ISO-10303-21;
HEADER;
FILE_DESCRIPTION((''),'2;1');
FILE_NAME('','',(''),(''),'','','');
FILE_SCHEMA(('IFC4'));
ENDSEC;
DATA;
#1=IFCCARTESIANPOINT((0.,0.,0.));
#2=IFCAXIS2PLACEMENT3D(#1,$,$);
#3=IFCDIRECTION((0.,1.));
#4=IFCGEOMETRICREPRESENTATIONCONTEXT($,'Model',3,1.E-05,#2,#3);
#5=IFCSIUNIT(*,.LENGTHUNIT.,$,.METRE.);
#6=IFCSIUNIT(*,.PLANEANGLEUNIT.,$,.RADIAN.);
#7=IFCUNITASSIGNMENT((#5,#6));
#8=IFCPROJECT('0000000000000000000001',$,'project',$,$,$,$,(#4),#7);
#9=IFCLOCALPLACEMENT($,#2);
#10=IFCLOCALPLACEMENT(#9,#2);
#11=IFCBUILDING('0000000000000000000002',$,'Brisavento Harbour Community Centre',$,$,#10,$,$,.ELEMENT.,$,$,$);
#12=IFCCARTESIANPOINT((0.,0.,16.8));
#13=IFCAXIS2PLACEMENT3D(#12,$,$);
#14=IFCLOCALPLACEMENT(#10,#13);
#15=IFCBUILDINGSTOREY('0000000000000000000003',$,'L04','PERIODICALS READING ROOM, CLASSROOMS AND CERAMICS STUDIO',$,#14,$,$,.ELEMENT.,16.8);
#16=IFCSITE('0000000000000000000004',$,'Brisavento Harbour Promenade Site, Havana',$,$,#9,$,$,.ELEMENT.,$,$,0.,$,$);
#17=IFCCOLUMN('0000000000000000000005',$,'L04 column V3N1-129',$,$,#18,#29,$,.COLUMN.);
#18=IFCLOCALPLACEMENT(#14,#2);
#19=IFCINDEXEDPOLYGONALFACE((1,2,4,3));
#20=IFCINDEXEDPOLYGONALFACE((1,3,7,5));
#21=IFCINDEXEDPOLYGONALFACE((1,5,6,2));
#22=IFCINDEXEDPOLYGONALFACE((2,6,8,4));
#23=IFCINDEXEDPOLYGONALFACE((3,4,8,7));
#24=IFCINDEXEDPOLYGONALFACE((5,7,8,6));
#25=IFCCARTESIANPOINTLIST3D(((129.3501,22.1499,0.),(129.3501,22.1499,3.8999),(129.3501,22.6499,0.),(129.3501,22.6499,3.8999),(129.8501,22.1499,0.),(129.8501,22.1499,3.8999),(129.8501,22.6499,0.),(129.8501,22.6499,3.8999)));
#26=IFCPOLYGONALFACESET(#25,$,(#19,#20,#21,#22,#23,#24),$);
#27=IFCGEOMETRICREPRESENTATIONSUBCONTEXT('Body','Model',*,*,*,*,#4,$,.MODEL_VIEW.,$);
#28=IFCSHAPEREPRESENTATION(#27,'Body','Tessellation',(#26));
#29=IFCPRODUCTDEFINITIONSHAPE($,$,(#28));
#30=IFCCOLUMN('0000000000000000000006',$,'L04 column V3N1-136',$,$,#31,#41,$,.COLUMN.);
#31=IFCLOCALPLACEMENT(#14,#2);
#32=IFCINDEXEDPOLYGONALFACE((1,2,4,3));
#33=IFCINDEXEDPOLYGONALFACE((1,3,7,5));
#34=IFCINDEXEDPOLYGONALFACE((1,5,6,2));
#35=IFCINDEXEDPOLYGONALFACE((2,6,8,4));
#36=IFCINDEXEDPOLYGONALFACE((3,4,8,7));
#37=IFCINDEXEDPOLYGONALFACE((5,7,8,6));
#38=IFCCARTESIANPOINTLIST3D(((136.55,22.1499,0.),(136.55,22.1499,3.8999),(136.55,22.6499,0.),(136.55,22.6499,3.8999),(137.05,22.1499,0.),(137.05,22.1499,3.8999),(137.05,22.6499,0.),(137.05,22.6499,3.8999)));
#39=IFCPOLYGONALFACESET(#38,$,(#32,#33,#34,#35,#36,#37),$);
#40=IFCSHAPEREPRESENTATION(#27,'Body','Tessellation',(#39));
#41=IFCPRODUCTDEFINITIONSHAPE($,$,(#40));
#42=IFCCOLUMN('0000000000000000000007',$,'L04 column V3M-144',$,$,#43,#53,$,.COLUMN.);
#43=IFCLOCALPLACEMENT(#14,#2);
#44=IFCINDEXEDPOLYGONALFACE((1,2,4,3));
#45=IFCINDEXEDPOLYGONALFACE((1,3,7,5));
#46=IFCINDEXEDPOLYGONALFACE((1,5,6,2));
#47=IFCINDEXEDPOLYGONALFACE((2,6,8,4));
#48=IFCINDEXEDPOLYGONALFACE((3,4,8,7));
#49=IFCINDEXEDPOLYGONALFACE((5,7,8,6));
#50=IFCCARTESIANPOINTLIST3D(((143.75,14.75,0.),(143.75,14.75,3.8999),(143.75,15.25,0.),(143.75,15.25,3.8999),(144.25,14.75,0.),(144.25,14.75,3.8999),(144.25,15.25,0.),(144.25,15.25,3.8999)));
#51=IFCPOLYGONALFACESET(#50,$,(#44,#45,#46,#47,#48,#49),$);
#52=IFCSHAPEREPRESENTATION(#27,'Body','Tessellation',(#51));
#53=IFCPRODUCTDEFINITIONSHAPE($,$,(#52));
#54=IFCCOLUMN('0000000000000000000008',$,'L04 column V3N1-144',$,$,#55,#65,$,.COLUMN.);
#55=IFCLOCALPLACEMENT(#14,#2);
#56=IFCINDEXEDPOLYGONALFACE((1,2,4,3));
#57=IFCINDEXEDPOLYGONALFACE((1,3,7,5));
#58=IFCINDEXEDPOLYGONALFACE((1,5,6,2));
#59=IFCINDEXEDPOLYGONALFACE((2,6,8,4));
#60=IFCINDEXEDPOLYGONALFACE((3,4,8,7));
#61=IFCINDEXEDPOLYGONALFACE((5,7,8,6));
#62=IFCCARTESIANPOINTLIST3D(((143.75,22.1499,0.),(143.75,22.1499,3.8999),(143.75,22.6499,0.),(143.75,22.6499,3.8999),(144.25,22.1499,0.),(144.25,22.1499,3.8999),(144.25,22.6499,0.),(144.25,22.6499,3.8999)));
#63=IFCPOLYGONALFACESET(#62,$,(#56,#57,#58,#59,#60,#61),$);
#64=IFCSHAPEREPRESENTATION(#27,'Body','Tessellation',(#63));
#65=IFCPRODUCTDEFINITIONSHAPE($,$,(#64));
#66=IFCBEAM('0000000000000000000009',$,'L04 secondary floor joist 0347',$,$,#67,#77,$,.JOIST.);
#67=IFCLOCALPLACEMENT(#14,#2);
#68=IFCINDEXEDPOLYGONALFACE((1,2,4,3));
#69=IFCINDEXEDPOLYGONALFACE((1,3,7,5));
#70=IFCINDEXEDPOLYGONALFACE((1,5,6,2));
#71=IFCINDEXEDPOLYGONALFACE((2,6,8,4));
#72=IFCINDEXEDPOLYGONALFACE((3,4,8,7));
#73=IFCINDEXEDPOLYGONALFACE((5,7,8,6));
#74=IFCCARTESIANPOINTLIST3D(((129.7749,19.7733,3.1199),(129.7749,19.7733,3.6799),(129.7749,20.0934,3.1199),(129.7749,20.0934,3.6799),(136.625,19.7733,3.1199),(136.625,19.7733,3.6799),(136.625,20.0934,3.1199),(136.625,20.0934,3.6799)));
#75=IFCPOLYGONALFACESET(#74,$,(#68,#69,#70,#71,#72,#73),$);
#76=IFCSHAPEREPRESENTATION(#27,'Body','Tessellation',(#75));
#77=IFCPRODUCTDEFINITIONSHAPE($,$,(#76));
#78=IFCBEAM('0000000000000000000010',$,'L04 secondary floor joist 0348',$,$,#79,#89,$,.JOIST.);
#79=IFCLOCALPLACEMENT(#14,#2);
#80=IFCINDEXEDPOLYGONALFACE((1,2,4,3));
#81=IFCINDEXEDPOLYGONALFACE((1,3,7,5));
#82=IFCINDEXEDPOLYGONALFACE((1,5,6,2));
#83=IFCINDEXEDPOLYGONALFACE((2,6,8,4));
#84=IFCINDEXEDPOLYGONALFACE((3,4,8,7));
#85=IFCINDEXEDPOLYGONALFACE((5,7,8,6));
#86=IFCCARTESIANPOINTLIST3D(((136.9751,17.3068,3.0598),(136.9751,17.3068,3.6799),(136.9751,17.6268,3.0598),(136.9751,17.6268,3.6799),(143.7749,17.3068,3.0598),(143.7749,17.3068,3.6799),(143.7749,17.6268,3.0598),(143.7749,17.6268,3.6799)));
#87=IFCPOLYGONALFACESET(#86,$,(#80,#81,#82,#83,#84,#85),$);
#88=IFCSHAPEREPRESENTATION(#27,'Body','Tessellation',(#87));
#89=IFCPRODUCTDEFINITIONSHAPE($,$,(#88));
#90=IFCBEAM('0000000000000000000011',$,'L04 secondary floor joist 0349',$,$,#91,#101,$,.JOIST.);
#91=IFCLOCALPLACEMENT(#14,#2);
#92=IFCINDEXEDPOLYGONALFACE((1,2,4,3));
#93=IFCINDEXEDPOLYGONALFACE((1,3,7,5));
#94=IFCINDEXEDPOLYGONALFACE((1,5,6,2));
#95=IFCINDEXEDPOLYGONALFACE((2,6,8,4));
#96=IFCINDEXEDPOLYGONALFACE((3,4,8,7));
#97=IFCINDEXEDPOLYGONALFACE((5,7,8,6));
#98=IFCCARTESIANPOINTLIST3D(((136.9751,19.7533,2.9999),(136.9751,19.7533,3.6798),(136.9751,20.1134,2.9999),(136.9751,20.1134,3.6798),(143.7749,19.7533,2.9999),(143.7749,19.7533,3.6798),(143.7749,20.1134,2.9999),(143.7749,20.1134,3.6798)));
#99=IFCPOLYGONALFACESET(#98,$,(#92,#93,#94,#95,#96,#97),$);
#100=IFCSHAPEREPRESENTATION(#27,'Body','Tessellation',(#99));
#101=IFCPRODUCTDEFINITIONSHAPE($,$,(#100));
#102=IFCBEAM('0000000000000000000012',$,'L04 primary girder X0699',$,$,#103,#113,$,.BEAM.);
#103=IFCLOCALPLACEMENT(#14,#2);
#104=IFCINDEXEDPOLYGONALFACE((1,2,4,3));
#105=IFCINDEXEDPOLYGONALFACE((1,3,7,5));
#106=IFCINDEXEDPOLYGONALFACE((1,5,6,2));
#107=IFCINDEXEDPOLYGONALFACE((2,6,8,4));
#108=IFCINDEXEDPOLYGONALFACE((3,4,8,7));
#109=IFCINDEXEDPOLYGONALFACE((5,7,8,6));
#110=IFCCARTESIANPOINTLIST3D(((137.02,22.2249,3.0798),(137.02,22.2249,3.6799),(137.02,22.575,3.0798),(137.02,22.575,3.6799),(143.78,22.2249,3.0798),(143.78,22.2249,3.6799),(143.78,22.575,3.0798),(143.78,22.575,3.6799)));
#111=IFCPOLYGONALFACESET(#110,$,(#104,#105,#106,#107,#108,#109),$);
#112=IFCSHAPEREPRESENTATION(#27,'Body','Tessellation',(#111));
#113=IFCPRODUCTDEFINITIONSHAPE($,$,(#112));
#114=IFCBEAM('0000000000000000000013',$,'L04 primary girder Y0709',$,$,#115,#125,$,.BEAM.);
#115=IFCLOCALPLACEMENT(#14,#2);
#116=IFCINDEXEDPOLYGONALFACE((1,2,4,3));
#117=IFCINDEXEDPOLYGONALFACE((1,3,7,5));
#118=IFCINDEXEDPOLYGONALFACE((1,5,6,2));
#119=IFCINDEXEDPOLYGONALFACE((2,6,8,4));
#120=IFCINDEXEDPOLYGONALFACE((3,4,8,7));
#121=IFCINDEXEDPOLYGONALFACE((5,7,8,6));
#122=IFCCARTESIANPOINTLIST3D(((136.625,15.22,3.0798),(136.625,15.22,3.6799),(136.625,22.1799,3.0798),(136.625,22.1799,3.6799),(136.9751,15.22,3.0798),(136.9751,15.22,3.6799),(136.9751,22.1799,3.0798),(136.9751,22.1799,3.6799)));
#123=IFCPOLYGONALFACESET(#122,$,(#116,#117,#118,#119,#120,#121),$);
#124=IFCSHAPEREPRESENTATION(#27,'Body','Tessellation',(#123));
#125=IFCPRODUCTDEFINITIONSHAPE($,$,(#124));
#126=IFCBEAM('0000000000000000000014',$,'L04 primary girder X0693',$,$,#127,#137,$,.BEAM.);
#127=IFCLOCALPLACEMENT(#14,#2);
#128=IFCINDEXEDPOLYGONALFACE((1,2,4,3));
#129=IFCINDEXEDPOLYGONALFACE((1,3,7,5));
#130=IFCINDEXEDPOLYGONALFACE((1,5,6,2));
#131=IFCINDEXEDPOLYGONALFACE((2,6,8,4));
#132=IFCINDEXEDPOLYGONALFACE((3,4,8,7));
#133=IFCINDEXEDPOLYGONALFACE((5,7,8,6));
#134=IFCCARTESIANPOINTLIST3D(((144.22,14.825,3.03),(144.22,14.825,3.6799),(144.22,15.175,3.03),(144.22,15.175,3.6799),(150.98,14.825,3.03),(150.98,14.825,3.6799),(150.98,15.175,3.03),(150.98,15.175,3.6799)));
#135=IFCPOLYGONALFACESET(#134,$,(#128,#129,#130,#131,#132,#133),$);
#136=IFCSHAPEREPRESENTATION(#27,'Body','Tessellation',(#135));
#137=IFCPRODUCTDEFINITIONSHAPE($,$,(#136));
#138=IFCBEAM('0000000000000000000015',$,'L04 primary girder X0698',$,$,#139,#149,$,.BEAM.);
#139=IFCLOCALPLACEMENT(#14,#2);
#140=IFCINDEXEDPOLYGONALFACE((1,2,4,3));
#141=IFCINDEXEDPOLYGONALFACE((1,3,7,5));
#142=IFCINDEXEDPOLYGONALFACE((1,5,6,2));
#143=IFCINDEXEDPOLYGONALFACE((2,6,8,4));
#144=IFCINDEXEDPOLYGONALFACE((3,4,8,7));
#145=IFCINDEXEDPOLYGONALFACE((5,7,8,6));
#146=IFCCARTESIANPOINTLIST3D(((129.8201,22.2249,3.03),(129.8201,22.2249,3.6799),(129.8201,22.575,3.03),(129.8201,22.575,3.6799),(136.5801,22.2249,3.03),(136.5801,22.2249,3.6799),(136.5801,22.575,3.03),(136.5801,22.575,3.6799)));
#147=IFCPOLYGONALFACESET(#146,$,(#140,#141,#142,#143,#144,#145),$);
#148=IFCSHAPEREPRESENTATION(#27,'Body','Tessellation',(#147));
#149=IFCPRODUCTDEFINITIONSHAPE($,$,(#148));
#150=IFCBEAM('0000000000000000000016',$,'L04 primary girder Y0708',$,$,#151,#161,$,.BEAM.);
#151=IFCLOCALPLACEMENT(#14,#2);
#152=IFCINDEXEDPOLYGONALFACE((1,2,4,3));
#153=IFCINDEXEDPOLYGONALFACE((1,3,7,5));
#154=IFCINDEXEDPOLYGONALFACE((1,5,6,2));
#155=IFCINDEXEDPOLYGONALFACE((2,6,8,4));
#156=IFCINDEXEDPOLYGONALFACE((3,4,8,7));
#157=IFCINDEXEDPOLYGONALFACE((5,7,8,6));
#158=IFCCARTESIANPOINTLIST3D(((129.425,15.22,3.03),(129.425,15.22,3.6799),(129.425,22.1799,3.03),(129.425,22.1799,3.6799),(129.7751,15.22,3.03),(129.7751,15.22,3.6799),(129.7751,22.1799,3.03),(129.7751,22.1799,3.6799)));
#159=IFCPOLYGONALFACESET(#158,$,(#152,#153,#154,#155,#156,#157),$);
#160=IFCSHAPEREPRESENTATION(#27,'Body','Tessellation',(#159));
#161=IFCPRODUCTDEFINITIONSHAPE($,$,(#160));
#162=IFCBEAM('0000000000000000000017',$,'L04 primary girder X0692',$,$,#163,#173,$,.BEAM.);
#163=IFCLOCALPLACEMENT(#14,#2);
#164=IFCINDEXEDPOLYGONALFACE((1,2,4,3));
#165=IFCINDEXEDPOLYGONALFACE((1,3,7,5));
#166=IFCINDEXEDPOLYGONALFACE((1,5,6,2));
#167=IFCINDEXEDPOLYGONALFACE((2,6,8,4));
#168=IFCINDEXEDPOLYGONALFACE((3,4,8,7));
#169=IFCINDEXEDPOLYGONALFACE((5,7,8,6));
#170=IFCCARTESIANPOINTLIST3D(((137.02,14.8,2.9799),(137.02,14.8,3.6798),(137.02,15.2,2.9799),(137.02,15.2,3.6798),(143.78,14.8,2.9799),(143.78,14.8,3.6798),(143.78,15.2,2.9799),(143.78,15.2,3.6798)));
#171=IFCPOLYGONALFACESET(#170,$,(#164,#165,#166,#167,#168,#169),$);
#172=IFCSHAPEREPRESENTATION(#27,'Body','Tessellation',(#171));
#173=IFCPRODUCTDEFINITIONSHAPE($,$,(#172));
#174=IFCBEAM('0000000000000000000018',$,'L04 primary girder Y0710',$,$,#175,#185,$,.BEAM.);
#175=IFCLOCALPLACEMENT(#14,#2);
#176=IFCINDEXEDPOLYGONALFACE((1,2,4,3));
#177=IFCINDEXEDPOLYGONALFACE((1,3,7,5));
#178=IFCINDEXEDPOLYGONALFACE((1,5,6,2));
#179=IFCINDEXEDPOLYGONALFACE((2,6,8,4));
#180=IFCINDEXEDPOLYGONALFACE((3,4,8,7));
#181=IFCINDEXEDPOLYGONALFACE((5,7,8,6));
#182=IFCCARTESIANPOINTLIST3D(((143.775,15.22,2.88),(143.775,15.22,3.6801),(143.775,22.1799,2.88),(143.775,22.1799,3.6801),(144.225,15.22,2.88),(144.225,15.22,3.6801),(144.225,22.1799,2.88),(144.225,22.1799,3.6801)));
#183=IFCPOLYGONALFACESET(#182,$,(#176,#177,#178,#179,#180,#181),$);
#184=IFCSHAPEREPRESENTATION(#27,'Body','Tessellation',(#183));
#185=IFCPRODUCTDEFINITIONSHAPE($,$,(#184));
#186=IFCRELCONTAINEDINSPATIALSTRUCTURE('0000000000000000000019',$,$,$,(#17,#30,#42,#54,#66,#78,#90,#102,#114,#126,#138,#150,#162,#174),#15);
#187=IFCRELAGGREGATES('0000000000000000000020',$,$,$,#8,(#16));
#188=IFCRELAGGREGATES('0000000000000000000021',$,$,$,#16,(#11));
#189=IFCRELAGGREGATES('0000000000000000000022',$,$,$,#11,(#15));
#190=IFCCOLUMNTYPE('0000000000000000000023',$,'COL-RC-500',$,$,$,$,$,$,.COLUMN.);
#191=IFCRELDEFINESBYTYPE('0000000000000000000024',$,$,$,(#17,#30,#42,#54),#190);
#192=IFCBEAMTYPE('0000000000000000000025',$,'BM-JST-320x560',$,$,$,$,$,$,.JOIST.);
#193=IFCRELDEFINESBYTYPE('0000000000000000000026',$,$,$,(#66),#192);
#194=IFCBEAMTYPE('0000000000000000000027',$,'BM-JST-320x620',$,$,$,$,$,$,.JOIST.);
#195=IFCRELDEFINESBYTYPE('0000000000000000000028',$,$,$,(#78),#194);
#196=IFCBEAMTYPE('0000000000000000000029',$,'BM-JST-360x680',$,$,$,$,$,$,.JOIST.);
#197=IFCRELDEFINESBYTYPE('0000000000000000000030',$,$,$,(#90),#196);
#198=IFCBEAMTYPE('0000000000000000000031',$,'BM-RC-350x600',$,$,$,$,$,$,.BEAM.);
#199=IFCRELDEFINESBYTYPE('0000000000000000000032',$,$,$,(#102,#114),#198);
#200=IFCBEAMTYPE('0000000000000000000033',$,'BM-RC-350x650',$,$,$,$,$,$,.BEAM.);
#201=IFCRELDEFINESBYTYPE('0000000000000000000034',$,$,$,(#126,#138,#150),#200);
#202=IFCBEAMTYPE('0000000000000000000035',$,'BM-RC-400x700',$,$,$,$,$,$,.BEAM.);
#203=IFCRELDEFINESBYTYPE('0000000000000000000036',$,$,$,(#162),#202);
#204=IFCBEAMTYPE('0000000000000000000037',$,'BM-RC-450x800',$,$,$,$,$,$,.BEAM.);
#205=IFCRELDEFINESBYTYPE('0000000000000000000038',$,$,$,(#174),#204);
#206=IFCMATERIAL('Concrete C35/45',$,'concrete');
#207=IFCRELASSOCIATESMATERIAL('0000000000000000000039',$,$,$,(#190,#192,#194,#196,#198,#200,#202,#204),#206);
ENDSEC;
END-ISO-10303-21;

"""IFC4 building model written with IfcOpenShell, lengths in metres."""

from ifc_helpers import new_model, si_unit, direction, frame, origin, origin_2d, place, context, subcontext, project, spatial, rectangle, extrude, material, material_profile, profile_set, type_object, element, save


model = new_model("IFC4")

# Units and contexts
model_context = context("Model", 3, precision=1e-05, world=origin(), true_north=direction((0.0, 1.0)))
body_context = subcontext(model_context, "Body", "Model", "MODEL_VIEW")
ifc_project = project(units=[si_unit("LENGTHUNIT", "METRE"), si_unit("PLANEANGLEUNIT", "RADIAN")], contexts=[model_context])

# Site, building, storey
site_placement = place(None, origin())
site = spatial("IfcSite", under=ifc_project, at=site_placement, Name="Brisavento Harbour Promenade Site, Havana", CompositionType="ELEMENT", RefElevation=0.0)
building_placement = place(site_placement, origin())
building = spatial("IfcBuilding", under=site, at=building_placement, Name="Brisavento Harbour Community Centre", CompositionType="ELEMENT")
storey_placement = place(building_placement, frame((0.0, 0.0, 16.8)))
storey = spatial("IfcBuildingStorey", under=building, at=storey_placement, Name="L04", Description="PERIODICALS READING ROOM, CLASSROOMS AND CERAMICS STUDIO", CompositionType="ELEMENT", Elevation=16.8)

# Columns
ifc_material_1 = material(Name="Concrete C35/45", Category="concrete")
ifc_material_profile_1 = material_profile(ifc_material_1, rectangle(XDim=0.5, YDim=0.5, at=origin_2d()), Name="Concrete C35/45")
ifc_profile_set_1 = profile_set([ifc_material_profile_1], Name="Concrete C35/45")
column_type = type_object("IfcColumnType", Name="COL-RC-500", PredefinedType="COLUMN", material=ifc_profile_set_1)
for number, where, z_axis, x_axis, name in (
    (1, (129.6001, 22.3999, 0.0), (0.0, 0.0, 1.0), (1.0, 0.0, 0.0), "L04 column V3N1-129"),
    (2, (136.8, 22.3999, 0.0), (0.0, 0.0, 1.0), (1.0, 0.0, 0.0), "L04 column V3N1-136"),
    (3, (144.0, 15.0, 0.0), (0.0, 0.0, 1.0), (1.0, 0.0, 0.0), "L04 column V3M-144"),
    (4, (144.0, 22.3999, 0.0), (0.0, 0.0, 1.0), (1.0, 0.0, 0.0), "L04 column V3N1-144"),
):
    element("IfcColumn", number, at=place(storey_placement, frame(where, z_axis=z_axis, x_axis=x_axis)), inside=storey, type_object=column_type, Name=name, PredefinedType="COLUMN", context=body_context, shape_type="SweptSolid", body=[
        extrude(rectangle(XDim=0.5, YDim=0.5, at=origin_2d()), origin(), (0.0, 0.0, 1.0), 3.8999),
    ])

# Beams
ifc_material_profile_2 = material_profile(ifc_material_1, rectangle(XDim=0.3201, YDim=0.5601, at=origin_2d()), Name="Concrete C35/45")
ifc_profile_set_2 = profile_set([ifc_material_profile_2], Name="Concrete C35/45")
beam_type_1 = type_object("IfcBeamType", Name="BM-JST-320x560", PredefinedType="JOIST", material=ifc_profile_set_2)
beam_1_placement = place(storey_placement, frame((129.7749, 19.9333, 3.3999), z_axis=(1.0, 0.0, 0.0), x_axis=(0.0, 1.0, 0.0)))
element("IfcBeam", 5, at=beam_1_placement, inside=storey, type_object=beam_type_1, Name="L04 secondary floor joist 0347", PredefinedType="JOIST", context=body_context, shape_type="SweptSolid", body=[
    extrude(rectangle(XDim=0.3201, YDim=0.5601, at=origin_2d()), origin(), (0.0, 0.0, 1.0), 6.8501),
])
ifc_material_profile_3 = material_profile(ifc_material_1, rectangle(XDim=0.3201, YDim=0.6201, at=origin_2d()), Name="Concrete C35/45")
ifc_profile_set_3 = profile_set([ifc_material_profile_3], Name="Concrete C35/45")
beam_type_2 = type_object("IfcBeamType", Name="BM-JST-320x620", PredefinedType="JOIST", material=ifc_profile_set_3)
beam_2_placement = place(storey_placement, frame((136.9751, 17.4668, 3.3699), z_axis=(1.0, 0.0, 0.0), x_axis=(0.0, 1.0, 0.0)))
element("IfcBeam", 6, at=beam_2_placement, inside=storey, type_object=beam_type_2, Name="L04 secondary floor joist 0348", PredefinedType="JOIST", context=body_context, shape_type="SweptSolid", body=[
    extrude(rectangle(XDim=0.3201, YDim=0.6201, at=origin_2d()), origin(), (0.0, 0.0, 1.0), 6.7998),
])
ifc_material_profile_4 = material_profile(ifc_material_1, rectangle(XDim=0.3601, YDim=0.6799, at=origin_2d()), Name="Concrete C35/45")
ifc_profile_set_4 = profile_set([ifc_material_profile_4], Name="Concrete C35/45")
beam_type_3 = type_object("IfcBeamType", Name="BM-JST-360x680", PredefinedType="JOIST", material=ifc_profile_set_4)
beam_3_placement = place(storey_placement, frame((136.9751, 19.9333, 3.3398), z_axis=(1.0, 0.0, 0.0), x_axis=(0.0, 1.0, 0.0)))
element("IfcBeam", 7, at=beam_3_placement, inside=storey, type_object=beam_type_3, Name="L04 secondary floor joist 0349", PredefinedType="JOIST", context=body_context, shape_type="SweptSolid", body=[
    extrude(rectangle(XDim=0.3601, YDim=0.6799, at=origin_2d()), origin(), (0.0, 0.0, 1.0), 6.7998),
])
ifc_material_profile_5 = material_profile(ifc_material_1, rectangle(XDim=0.3501, YDim=0.6001, at=origin_2d()), Name="Concrete C35/45")
ifc_profile_set_5 = profile_set([ifc_material_profile_5], Name="Concrete C35/45")
beam_type_4 = type_object("IfcBeamType", Name="BM-RC-350x600", PredefinedType="BEAM", material=ifc_profile_set_5)
beam_4_placement = place(storey_placement, frame((137.02, 22.3999, 3.3799), z_axis=(1.0, 0.0, 0.0), x_axis=(0.0, 1.0, 0.0)))
element("IfcBeam", 8, at=beam_4_placement, inside=storey, type_object=beam_type_4, Name="L04 primary girder X0699", PredefinedType="BEAM", context=body_context, shape_type="SweptSolid", body=[
    extrude(rectangle(XDim=0.3501, YDim=0.6001, at=origin_2d()), origin(), (0.0, 0.0, 1.0), 6.76),
])
beam_5_placement = place(storey_placement, frame((136.8, 15.22, 3.3799), z_axis=(0.0, 1.0, 0.0), x_axis=(-1.0, 0.0, 0.0)))
element("IfcBeam", 9, at=beam_5_placement, inside=storey, type_object=beam_type_4, Name="L04 primary girder Y0709", PredefinedType="BEAM", context=body_context, shape_type="SweptSolid", body=[
    extrude(rectangle(XDim=0.3501, YDim=0.6001, at=origin_2d()), origin(), (0.0, 0.0, 1.0), 6.96),
])
ifc_material_profile_6 = material_profile(ifc_material_1, rectangle(XDim=0.3501, YDim=0.6499, at=origin_2d()), Name="Concrete C35/45")
ifc_profile_set_6 = profile_set([ifc_material_profile_6], Name="Concrete C35/45")
beam_type_5 = type_object("IfcBeamType", Name="BM-RC-350x650", PredefinedType="BEAM", material=ifc_profile_set_6)
for number, where, z_axis, x_axis, name in (
    (10, (144.22, 15.0, 3.355), (1.0, 0.0, 0.0), (0.0, 1.0, 0.0), "L04 primary girder X0693"),
    (11, (129.8201, 22.3999, 3.355), (1.0, 0.0, 0.0), (0.0, 1.0, 0.0), "L04 primary girder X0698"),
):
    element("IfcBeam", number, at=place(storey_placement, frame(where, z_axis=z_axis, x_axis=x_axis)), inside=storey, type_object=beam_type_5, Name=name, PredefinedType="BEAM", context=body_context, shape_type="SweptSolid", body=[
        extrude(rectangle(XDim=0.3501, YDim=0.6499, at=origin_2d()), origin(), (0.0, 0.0, 1.0), 6.76),
    ])
beam_6_placement = place(storey_placement, frame((129.6001, 15.22, 3.355), z_axis=(0.0, 1.0, 0.0), x_axis=(-1.0, 0.0, 0.0)))
element("IfcBeam", 12, at=beam_6_placement, inside=storey, type_object=beam_type_5, Name="L04 primary girder Y0708", PredefinedType="BEAM", context=body_context, shape_type="SweptSolid", body=[
    extrude(rectangle(XDim=0.3501, YDim=0.6499, at=origin_2d()), origin(), (0.0, 0.0, 1.0), 6.96),
])
ifc_material_profile_7 = material_profile(ifc_material_1, rectangle(XDim=0.3999, YDim=0.7, at=origin_2d()), Name="Concrete C35/45")
ifc_profile_set_7 = profile_set([ifc_material_profile_7], Name="Concrete C35/45")
beam_type_6 = type_object("IfcBeamType", Name="BM-RC-400x700", PredefinedType="BEAM", material=ifc_profile_set_7)
beam_7_placement = place(storey_placement, frame((137.02, 15.0, 3.3298), z_axis=(1.0, 0.0, 0.0), x_axis=(0.0, 1.0, 0.0)))
element("IfcBeam", 13, at=beam_7_placement, inside=storey, type_object=beam_type_6, Name="L04 primary girder X0692", PredefinedType="BEAM", context=body_context, shape_type="SweptSolid", body=[
    extrude(rectangle(XDim=0.3999, YDim=0.7, at=origin_2d()), origin(), (0.0, 0.0, 1.0), 6.76),
])
ifc_material_profile_8 = material_profile(ifc_material_1, rectangle(XDim=0.45, YDim=0.8, at=origin_2d()), Name="Concrete C35/45")
ifc_profile_set_8 = profile_set([ifc_material_profile_8], Name="Concrete C35/45")
beam_type_7 = type_object("IfcBeamType", Name="BM-RC-450x800", PredefinedType="BEAM", material=ifc_profile_set_8)
beam_8_placement = place(storey_placement, frame((144.0, 15.22, 3.28), z_axis=(0.0, 1.0, 0.0), x_axis=(-1.0, 0.0, 0.0)))
element("IfcBeam", 14, at=beam_8_placement, inside=storey, type_object=beam_type_7, Name="L04 primary girder Y0710", PredefinedType="BEAM", context=body_context, shape_type="SweptSolid", body=[
    extrude(rectangle(XDim=0.45, YDim=0.8, at=origin_2d()), origin(), (0.0, 0.0, 1.0), 6.96),
])

save(model, "model.ifc")
